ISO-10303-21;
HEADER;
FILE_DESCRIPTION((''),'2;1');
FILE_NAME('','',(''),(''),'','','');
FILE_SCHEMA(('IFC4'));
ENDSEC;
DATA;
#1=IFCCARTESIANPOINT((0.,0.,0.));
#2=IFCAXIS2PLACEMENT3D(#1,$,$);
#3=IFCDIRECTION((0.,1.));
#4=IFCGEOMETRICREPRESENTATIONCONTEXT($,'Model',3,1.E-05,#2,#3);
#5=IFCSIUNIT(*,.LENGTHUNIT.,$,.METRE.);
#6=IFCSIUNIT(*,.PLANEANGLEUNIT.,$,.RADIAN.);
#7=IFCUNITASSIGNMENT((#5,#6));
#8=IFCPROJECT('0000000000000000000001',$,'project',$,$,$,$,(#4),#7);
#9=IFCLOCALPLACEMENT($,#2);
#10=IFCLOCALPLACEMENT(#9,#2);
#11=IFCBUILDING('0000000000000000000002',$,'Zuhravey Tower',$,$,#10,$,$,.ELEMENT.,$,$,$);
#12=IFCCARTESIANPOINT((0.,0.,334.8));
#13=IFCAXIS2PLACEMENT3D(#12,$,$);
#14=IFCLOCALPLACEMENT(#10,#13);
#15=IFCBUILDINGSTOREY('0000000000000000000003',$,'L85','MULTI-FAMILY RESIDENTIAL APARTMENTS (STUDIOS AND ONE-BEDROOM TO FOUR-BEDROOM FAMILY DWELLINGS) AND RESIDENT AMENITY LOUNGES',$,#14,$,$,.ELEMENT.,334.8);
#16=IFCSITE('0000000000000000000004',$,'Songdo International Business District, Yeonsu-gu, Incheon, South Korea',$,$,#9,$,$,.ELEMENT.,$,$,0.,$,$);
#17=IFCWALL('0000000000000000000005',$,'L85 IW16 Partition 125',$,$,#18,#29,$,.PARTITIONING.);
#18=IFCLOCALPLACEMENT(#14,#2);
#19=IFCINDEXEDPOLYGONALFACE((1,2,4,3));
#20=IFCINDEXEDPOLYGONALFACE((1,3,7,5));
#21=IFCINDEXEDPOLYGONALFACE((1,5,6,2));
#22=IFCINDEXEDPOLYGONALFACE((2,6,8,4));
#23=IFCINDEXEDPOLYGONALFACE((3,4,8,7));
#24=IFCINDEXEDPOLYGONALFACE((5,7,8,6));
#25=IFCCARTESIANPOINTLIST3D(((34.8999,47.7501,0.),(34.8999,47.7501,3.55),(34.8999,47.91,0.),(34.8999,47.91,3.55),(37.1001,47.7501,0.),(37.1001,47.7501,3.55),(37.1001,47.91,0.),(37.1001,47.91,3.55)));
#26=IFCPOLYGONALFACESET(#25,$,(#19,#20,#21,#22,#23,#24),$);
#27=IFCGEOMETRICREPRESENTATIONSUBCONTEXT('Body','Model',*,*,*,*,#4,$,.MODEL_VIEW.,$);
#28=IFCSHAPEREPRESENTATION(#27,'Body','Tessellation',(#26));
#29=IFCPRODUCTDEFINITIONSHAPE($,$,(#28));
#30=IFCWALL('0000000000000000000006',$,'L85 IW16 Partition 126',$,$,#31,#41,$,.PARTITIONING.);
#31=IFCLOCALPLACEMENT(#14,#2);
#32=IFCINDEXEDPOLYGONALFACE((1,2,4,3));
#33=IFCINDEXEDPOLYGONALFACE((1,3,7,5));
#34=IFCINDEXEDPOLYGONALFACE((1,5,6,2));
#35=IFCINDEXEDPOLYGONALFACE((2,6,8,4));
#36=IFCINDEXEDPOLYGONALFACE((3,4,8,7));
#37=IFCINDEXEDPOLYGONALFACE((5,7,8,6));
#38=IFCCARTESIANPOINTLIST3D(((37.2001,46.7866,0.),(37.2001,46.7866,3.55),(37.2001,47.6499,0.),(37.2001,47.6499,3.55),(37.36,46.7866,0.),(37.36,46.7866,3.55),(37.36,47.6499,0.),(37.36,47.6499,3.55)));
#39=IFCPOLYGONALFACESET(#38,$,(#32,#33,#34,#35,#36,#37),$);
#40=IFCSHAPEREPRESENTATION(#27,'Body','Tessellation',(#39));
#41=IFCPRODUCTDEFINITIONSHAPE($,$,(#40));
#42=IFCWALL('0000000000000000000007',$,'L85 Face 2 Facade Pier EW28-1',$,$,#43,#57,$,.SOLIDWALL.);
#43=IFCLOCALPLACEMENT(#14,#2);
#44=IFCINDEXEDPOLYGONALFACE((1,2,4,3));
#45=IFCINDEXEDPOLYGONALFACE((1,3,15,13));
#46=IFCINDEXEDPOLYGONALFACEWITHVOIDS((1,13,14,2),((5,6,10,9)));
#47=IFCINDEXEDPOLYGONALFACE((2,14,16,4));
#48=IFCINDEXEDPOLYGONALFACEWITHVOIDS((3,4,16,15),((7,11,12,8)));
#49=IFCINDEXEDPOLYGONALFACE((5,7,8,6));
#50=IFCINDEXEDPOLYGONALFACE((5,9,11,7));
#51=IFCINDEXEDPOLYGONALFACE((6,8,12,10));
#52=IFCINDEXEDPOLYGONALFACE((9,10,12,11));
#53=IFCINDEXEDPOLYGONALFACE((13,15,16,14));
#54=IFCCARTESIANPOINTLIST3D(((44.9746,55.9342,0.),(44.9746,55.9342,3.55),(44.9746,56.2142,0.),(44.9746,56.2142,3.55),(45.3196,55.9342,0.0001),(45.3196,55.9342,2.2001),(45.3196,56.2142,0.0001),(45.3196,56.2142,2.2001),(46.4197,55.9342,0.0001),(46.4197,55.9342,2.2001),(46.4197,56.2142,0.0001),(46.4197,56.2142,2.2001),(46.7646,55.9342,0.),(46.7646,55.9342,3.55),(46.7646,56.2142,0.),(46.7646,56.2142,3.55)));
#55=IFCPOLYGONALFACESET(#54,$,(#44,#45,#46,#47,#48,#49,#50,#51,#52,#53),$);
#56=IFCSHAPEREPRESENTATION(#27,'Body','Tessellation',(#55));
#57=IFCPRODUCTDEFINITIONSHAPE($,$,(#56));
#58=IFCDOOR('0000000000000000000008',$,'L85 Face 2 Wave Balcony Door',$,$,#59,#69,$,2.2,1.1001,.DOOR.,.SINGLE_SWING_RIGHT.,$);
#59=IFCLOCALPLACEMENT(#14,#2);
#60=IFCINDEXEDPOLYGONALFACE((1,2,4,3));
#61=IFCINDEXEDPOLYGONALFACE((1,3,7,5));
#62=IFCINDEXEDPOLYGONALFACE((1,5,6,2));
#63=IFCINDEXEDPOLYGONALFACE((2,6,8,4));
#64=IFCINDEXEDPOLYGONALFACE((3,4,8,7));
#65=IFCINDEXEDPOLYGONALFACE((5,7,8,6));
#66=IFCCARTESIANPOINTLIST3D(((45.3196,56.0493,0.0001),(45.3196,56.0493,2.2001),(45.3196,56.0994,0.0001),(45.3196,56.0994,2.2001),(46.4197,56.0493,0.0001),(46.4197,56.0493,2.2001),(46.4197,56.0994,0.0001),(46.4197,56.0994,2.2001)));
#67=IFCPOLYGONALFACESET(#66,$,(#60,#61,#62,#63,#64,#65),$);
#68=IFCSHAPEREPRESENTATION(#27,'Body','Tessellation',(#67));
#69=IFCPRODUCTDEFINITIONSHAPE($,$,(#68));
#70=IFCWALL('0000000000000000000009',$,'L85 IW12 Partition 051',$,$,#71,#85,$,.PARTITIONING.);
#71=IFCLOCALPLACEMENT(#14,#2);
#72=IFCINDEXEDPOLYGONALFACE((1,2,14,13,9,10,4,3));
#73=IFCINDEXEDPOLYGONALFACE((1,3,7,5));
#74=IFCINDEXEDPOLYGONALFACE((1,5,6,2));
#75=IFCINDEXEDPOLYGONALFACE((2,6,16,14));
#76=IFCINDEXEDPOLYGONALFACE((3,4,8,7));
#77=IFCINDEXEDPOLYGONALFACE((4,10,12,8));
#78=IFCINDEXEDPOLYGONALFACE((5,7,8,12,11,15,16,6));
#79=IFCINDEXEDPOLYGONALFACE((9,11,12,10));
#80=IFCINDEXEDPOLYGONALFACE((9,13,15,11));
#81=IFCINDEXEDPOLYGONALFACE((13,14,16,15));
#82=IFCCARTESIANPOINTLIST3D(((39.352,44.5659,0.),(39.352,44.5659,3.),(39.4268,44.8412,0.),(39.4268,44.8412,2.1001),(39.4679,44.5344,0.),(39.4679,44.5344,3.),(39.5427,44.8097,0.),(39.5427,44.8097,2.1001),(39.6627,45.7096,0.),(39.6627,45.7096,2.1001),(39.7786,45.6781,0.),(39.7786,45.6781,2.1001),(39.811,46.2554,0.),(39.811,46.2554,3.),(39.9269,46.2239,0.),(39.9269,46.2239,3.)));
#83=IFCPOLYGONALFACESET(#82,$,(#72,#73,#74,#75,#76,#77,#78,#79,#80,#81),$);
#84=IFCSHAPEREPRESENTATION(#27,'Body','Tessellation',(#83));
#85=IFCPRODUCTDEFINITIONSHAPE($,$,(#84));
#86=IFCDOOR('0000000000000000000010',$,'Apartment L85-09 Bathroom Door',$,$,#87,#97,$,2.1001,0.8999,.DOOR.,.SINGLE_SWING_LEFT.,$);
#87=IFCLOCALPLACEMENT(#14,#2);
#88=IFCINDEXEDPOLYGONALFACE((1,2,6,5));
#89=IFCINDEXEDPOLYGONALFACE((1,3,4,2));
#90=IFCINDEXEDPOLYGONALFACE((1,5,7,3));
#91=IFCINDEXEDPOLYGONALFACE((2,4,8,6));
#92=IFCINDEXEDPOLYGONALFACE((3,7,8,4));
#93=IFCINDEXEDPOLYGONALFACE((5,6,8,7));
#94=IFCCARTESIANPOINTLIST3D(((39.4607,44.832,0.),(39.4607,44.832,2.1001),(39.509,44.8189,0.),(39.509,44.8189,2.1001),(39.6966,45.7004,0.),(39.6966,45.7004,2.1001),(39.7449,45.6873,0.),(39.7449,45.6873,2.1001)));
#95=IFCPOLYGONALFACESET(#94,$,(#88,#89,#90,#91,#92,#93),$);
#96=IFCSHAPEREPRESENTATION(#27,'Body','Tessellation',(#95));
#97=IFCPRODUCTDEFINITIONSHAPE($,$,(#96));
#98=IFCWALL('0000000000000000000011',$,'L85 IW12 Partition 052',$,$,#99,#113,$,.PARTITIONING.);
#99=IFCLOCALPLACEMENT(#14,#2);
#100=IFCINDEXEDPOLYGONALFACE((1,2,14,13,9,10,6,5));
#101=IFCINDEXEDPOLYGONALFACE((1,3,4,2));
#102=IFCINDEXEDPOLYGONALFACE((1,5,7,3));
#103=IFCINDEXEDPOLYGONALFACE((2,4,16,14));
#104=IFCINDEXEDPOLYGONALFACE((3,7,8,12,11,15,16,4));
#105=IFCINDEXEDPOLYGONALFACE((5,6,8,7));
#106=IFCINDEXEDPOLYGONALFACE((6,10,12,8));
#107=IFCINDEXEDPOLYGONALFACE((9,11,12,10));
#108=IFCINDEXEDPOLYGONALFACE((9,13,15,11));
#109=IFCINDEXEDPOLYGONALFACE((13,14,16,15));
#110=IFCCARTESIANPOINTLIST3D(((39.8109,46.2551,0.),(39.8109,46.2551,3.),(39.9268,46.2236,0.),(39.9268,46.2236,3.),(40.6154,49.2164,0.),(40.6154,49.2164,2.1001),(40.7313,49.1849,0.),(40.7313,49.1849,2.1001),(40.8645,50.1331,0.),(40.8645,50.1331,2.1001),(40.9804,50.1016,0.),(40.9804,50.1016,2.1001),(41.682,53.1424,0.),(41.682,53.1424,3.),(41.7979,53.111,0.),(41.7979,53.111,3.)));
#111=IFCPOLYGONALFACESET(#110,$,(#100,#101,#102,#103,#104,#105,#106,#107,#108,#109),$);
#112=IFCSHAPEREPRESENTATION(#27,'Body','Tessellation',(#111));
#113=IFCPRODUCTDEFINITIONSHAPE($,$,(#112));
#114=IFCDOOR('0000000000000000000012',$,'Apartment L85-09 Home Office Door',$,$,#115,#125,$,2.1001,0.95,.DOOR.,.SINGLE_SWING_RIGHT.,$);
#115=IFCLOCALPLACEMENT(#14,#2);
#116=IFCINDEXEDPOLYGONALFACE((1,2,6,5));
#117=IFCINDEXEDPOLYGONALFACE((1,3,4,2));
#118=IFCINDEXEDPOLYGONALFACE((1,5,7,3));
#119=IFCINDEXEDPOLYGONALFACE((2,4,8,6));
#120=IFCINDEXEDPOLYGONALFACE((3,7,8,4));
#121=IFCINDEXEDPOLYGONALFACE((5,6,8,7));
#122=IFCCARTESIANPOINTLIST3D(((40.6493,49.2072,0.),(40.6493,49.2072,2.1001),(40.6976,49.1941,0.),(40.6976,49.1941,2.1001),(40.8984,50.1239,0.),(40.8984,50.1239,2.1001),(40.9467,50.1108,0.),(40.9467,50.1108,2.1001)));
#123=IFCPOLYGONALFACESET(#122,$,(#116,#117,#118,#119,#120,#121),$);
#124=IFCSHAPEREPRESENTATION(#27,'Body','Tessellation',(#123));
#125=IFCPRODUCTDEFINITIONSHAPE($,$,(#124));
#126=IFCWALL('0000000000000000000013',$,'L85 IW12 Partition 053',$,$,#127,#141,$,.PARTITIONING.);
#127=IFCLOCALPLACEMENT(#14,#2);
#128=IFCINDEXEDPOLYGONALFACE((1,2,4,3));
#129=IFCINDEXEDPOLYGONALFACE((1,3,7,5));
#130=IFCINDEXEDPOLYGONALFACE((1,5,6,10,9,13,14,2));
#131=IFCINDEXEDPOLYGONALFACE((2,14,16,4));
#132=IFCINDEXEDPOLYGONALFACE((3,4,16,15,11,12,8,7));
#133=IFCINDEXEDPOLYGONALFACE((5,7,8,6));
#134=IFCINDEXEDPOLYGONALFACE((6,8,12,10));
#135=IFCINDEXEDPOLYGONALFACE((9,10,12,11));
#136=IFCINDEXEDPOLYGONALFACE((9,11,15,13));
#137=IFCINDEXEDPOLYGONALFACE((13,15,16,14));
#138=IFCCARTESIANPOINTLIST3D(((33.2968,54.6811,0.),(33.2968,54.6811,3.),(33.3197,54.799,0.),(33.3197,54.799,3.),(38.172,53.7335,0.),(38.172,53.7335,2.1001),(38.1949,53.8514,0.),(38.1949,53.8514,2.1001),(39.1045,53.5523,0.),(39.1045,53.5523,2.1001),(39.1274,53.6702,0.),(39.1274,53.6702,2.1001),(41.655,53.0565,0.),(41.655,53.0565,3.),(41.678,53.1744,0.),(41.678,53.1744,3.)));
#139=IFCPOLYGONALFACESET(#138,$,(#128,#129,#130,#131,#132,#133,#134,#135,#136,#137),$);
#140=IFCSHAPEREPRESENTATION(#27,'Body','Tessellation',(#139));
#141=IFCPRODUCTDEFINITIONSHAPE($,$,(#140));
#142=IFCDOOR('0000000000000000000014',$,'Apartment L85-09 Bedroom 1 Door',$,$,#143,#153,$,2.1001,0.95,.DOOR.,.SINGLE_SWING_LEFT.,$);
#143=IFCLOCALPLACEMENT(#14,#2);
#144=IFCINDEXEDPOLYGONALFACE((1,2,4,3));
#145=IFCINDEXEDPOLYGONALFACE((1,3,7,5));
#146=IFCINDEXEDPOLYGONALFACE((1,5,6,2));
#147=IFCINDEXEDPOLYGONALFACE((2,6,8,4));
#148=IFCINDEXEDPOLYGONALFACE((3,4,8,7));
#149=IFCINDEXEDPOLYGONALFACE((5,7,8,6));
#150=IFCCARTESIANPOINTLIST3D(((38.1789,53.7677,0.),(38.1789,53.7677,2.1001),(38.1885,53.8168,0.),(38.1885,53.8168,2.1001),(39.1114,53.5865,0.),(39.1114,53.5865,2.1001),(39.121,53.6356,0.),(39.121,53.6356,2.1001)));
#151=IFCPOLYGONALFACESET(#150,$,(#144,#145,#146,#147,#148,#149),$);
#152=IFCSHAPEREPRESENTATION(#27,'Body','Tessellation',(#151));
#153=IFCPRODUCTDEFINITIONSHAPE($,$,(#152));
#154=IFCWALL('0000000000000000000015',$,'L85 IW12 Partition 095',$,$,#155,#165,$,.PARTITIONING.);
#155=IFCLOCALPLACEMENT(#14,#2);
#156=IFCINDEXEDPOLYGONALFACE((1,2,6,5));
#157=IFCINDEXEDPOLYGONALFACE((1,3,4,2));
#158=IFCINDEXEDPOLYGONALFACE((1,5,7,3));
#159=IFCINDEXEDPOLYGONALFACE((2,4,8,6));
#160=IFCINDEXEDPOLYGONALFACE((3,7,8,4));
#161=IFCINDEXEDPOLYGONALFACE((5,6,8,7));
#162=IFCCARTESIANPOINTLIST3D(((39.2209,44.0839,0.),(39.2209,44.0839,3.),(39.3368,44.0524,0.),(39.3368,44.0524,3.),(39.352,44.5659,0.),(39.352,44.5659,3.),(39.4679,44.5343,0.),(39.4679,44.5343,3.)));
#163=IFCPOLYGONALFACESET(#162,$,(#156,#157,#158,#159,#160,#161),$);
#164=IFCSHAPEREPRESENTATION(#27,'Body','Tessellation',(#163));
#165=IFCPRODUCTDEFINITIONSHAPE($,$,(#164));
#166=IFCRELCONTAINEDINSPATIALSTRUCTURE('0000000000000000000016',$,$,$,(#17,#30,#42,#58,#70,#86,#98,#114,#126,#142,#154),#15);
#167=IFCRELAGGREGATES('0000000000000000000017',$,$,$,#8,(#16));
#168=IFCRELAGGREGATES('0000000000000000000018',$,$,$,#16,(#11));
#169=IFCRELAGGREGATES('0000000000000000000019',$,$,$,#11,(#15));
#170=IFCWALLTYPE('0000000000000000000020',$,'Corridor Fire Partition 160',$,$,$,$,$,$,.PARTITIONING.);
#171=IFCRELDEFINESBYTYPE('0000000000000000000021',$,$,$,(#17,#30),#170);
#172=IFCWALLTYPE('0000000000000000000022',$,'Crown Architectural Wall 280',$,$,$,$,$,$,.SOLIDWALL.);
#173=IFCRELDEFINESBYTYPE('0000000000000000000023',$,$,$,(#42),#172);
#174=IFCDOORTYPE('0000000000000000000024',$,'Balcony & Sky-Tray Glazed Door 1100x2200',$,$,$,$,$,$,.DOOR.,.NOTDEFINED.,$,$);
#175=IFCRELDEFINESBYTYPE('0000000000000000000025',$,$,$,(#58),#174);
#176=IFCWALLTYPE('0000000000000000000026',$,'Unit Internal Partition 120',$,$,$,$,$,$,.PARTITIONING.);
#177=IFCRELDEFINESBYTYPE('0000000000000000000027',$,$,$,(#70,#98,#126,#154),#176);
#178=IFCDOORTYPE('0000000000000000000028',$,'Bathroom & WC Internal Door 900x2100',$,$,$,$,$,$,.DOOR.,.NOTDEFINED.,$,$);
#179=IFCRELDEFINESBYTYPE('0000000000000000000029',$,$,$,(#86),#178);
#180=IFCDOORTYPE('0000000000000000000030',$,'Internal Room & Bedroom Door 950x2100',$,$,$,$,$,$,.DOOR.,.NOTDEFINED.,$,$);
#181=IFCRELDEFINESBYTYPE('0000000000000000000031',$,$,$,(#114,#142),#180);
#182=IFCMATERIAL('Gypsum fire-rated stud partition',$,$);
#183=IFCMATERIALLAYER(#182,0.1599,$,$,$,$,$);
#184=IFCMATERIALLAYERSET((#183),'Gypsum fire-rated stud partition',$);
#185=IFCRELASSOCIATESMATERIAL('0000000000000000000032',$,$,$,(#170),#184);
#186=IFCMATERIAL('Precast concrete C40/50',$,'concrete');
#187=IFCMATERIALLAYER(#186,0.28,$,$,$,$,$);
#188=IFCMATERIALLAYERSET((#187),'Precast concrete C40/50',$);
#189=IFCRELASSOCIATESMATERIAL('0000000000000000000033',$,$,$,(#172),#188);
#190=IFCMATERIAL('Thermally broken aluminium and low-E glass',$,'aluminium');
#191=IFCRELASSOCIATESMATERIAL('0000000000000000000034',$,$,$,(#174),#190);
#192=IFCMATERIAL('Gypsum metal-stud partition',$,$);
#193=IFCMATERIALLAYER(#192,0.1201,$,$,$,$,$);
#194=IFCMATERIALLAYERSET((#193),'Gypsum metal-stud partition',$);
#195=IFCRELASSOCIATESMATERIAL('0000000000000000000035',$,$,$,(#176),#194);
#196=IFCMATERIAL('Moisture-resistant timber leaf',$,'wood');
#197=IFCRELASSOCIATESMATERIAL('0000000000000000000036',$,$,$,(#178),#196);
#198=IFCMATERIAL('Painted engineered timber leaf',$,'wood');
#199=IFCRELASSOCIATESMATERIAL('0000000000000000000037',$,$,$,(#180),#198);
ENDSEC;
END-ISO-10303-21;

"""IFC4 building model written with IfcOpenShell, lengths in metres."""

from ifc_helpers import new_model, si_unit, direction, frame, frame_2d, origin, place, context, subcontext, project, spatial, rectangle, extrude, material, layer, layer_set, type_object, element, fill, save


model = new_model("IFC4")

# Units and contexts
model_context = context("Model", 3, precision=1e-05, world=origin(), true_north=direction((0.0, 1.0)))
body_context = subcontext(model_context, "Body", "Model", "MODEL_VIEW")
ifc_project = project(units=[si_unit("LENGTHUNIT", "METRE"), si_unit("PLANEANGLEUNIT", "RADIAN")], contexts=[model_context])

# Site, building, storey
site_placement = place(None, origin())
site = spatial("IfcSite", under=ifc_project, at=site_placement, Name="Songdo International Business District, Yeonsu-gu, Incheon, South Korea", CompositionType="ELEMENT", RefElevation=0.0)
building_placement = place(site_placement, origin())
building = spatial("IfcBuilding", under=site, at=building_placement, Name="Zuhravey Tower", CompositionType="ELEMENT")
storey_placement = place(building_placement, frame((0.0, 0.0, 334.8)))
storey = spatial("IfcBuildingStorey", under=building, at=storey_placement, Name="L85", Description="MULTI-FAMILY RESIDENTIAL APARTMENTS (STUDIOS AND ONE-BEDROOM TO FOUR-BEDROOM FAMILY DWELLINGS) AND RESIDENT AMENITY LOUNGES", CompositionType="ELEMENT", Elevation=334.8)

# Shared definitions
ifc_material_1 = material(Name="Gypsum fire-rated stud partition")
ifc_layer_1 = layer(ifc_material_1, 0.1599)
ifc_layer_set_1 = layer_set([ifc_layer_1], Name="Gypsum fire-rated stud partition")
wall_type_1 = type_object("IfcWallType", Name="Corridor Fire Partition 160", PredefinedType="PARTITIONING", material=ifc_layer_set_1)

# Walls
wall_1_placement = place(storey_placement, frame((37.1001, 47.8301, 0.0), z_axis=(0.0, 0.0, 1.0), x_axis=(-1.0, 0.0, 0.0)))
element("IfcWall", 1, at=wall_1_placement, inside=storey, type_object=wall_type_1, Name="L85 IW16 Partition 125", PredefinedType="PARTITIONING", context=body_context, shape_type="SweptSolid", body=[
    extrude(rectangle(XDim=2.2002, YDim=0.1599, at=frame_2d((1.1001, 0.0))), origin(), (0.0, 0.0, 1.0), 3.55),
])
wall_2_placement = place(storey_placement, frame((37.28, 46.7866, 0.0), z_axis=(0.0, 0.0, 1.0), x_axis=(0.0, 1.0, 0.0)))
element("IfcWall", 2, at=wall_2_placement, inside=storey, type_object=wall_type_1, Name="L85 IW16 Partition 126", PredefinedType="PARTITIONING", context=body_context, shape_type="SweptSolid", body=[
    extrude(rectangle(XDim=0.8633, YDim=0.1599, at=frame_2d((0.4316, 0.0))), origin(), (0.0, 0.0, 1.0), 3.55),
])

# Walls, openings, doors
ifc_material_2 = material(Name="Precast concrete C40/50", Category="concrete")
ifc_layer_2 = layer(ifc_material_2, 0.28)
ifc_layer_set_2 = layer_set([ifc_layer_2], Name="Precast concrete C40/50")
wall_type_2 = type_object("IfcWallType", Name="Crown Architectural Wall 280", PredefinedType="SOLIDWALL", material=ifc_layer_set_2)
wall_3_placement = place(storey_placement, frame((44.9746, 56.0742, 0.0), z_axis=(0.0, 0.0, 1.0), x_axis=(1.0, 0.0, 0.0)))
wall_3 = element("IfcWall", 3, at=wall_3_placement, inside=storey, type_object=wall_type_2, Name="L85 Face 2 Facade Pier EW28-1", PredefinedType="SOLIDWALL", context=body_context, shape_type="SweptSolid", body=[
    extrude(rectangle(XDim=1.79, YDim=0.28, at=frame_2d((0.895, 0.0))), origin(), (0.0, 0.0, 1.0), 3.55),
])
opening_1_placement = place(wall_3_placement, frame((0.345, 0.0, 0.0)))
opening_1 = element("IfcOpeningElement", 4, at=opening_1_placement, cuts=wall_3, PredefinedType="OPENING", context=body_context, shape_type="SweptSolid", body=[
    extrude(rectangle(XDim=1.1001, YDim=2.2, at=frame_2d((0.55, 1.1001))), frame((0.0, 0.1521, 0.0), z_axis=(0.0, -1.0, 0.0), x_axis=(1.0, 0.0, 0.0)), (0.0, 0.0, 1.0), 0.304),
])
ifc_material_3 = material(Name="Thermally broken aluminium and low-E glass", Category="aluminium")
door_type_1 = type_object("IfcDoorType", Name="Balcony & Sky-Tray Glazed Door 1100x2200", OperationType="NOTDEFINED", PredefinedType="DOOR", material=ifc_material_3)
door_1_placement = place(opening_1_placement, frame((1.1001, 0.0, 0.0), z_axis=(0.0, 0.0, 1.0), x_axis=(-1.0, 0.0, 0.0)))
door_1 = element("IfcDoor", 5, at=door_1_placement, inside=storey, type_object=door_type_1, Name="L85 Face 2 Wave Balcony Door", OperationType="SINGLE_SWING_RIGHT", OverallHeight=2.2, OverallWidth=1.1001, PredefinedType="DOOR", context=body_context, shape_type="SweptSolid", body=[
    extrude(rectangle(XDim=1.1001, YDim=2.2, at=frame_2d((0.55, 1.1001))), frame((0.0, 0.0249, 0.0), z_axis=(0.0, -1.0, 0.0), x_axis=(1.0, 0.0, 0.0)), (0.0, 0.0, 1.0), 0.05),
])
fill(opening_1, door_1)
ifc_material_4 = material(Name="Gypsum metal-stud partition")
ifc_layer_3 = layer(ifc_material_4, 0.1201)
ifc_layer_set_3 = layer_set([ifc_layer_3], Name="Gypsum metal-stud partition")
wall_type_3 = type_object("IfcWallType", Name="Unit Internal Partition 120", PredefinedType="PARTITIONING", material=ifc_layer_set_3)
wall_4_placement = place(storey_placement, frame((39.4099, 44.55, 0.0), z_axis=(0.0, 0.0, 1.0), x_axis=(0.262173, 0.965021, 0.0)))
wall_4 = element("IfcWall", 6, at=wall_4_placement, inside=storey, type_object=wall_type_3, Name="L85 IW12 Partition 051", PredefinedType="PARTITIONING", context=body_context, shape_type="SweptSolid", body=[
    extrude(rectangle(XDim=1.7507, YDim=0.1201, at=frame_2d((0.8755, 0.0))), origin(), (0.0, 0.0, 1.0), 3.0),
])
opening_2_placement = place(wall_4_placement, frame((0.2854, 0.0, 0.0)))
opening_2 = element("IfcOpeningElement", 7, at=opening_2_placement, cuts=wall_4, PredefinedType="OPENING", context=body_context, shape_type="SweptSolid", body=[
    extrude(rectangle(XDim=0.8999, YDim=2.1001, at=frame_2d((0.45, 1.05))), frame((0.0, 0.072, 0.0), z_axis=(0.0, -1.0, 0.0), x_axis=(1.0, 0.0, 0.0)), (0.0, 0.0, 1.0), 0.144),
])
ifc_material_5 = material(Name="Moisture-resistant timber leaf", Category="wood")
door_type_2 = type_object("IfcDoorType", Name="Bathroom & WC Internal Door 900x2100", OperationType="NOTDEFINED", PredefinedType="DOOR", material=ifc_material_5)
door_2_placement = place(opening_2_placement, origin())
door_2 = element("IfcDoor", 8, at=door_2_placement, inside=storey, type_object=door_type_2, Name="Apartment L85-09 Bathroom Door", OperationType="SINGLE_SWING_LEFT", OverallHeight=2.1001, OverallWidth=0.8999, PredefinedType="DOOR", context=body_context, shape_type="SweptSolid", body=[
    extrude(rectangle(XDim=0.8999, YDim=2.1001, at=frame_2d((0.45, 1.05))), frame((0.0, 0.0249, 0.0), z_axis=(0.0, -1.0, 0.0), x_axis=(1.0, 0.0, 0.0)), (0.0, 0.0, 1.0), 0.05),
])
fill(opening_2, door_2)
wall_5_placement = place(storey_placement, frame((39.8689, 46.2395, 0.0), z_axis=(0.0, 0.0, 1.0), x_axis=(0.262174, 0.965021, 0.0)))
wall_5 = element("IfcWall", 9, at=wall_5_placement, inside=storey, type_object=wall_type_3, Name="L85 IW12 Partition 052", PredefinedType="PARTITIONING", context=body_context, shape_type="SweptSolid", body=[
    extrude(rectangle(XDim=7.137, YDim=0.1201, at=frame_2d((3.5684, 0.0))), origin(), (0.0, 0.0, 1.0), 3.0),
])
opening_3_placement = place(wall_5_placement, frame((3.0684, 0.0, 0.0)))
opening_3 = element("IfcOpeningElement", 10, at=opening_3_placement, cuts=wall_5, PredefinedType="OPENING", context=body_context, shape_type="SweptSolid", body=[
    extrude(rectangle(XDim=0.95, YDim=2.1001, at=frame_2d((0.4751, 1.05))), frame((0.0, 0.072, 0.0), z_axis=(0.0, -1.0, 0.0), x_axis=(1.0, 0.0, 0.0)), (0.0, 0.0, 1.0), 0.144),
])
ifc_material_6 = material(Name="Painted engineered timber leaf", Category="wood")
door_type_3 = type_object("IfcDoorType", Name="Internal Room & Bedroom Door 950x2100", OperationType="NOTDEFINED", PredefinedType="DOOR", material=ifc_material_6)
door_3_placement = place(opening_3_placement, origin())
door_3 = element("IfcDoor", 11, at=door_3_placement, inside=storey, type_object=door_type_3, Name="Apartment L85-09 Home Office Door", OperationType="SINGLE_SWING_RIGHT", OverallHeight=2.1001, OverallWidth=0.95, PredefinedType="DOOR", context=body_context, shape_type="SweptSolid", body=[
    extrude(rectangle(XDim=0.95, YDim=2.1001, at=frame_2d((0.4751, 1.05))), frame((0.0, 0.0249, 0.0), z_axis=(0.0, -1.0, 0.0), x_axis=(1.0, 0.0, 0.0)), (0.0, 0.0, 1.0), 0.05),
])
fill(opening_3, door_3)
wall_6_placement = place(storey_placement, frame((41.6665, 53.1155, 0.0), z_axis=(0.0, 0.0, 1.0), x_axis=(-0.98163, 0.190792, 0.0)))
wall_6 = element("IfcWall", 12, at=wall_6_placement, inside=storey, type_object=wall_type_3, Name="L85 IW12 Partition 053", PredefinedType="PARTITIONING", context=body_context, shape_type="SweptSolid", body=[
    extrude(rectangle(XDim=8.5146, YDim=0.1201, at=frame_2d((4.2573, 0.0))), origin(), (0.0, 0.0, 1.0), 3.0),
])
opening_4_placement = place(wall_6_placement, frame((2.5981, 0.0, 0.0)))
opening_4 = element("IfcOpeningElement", 13, at=opening_4_placement, cuts=wall_6, PredefinedType="OPENING", context=body_context, shape_type="SweptSolid", body=[
    extrude(rectangle(XDim=0.95, YDim=2.1001, at=frame_2d((0.4751, 1.05))), frame((0.0, 0.072, 0.0), z_axis=(0.0, -1.0, 0.0), x_axis=(1.0, 0.0, 0.0)), (0.0, 0.0, 1.0), 0.144),
])
door_4_placement = place(opening_4_placement, frame((0.95, 0.0, 0.0), z_axis=(0.0, 0.0, 1.0), x_axis=(-1.0, 0.0, 0.0)))
door_4 = element("IfcDoor", 14, at=door_4_placement, inside=storey, type_object=door_type_3, Name="Apartment L85-09 Bedroom 1 Door", OperationType="SINGLE_SWING_LEFT", OverallHeight=2.1001, OverallWidth=0.95, PredefinedType="DOOR", context=body_context, shape_type="SweptSolid", body=[
    extrude(rectangle(XDim=0.95, YDim=2.1001, at=frame_2d((0.4751, 1.05))), frame((0.0, 0.0249, 0.0), z_axis=(0.0, -1.0, 0.0), x_axis=(1.0, 0.0, 0.0)), (0.0, 0.0, 1.0), 0.05),
])
fill(opening_4, door_4)

# Wall
wall_7_placement = place(storey_placement, frame((39.2788, 44.0681, 0.0), z_axis=(0.0, 0.0, 1.0), x_axis=(0.262497, 0.964933, 0.0)))
element("IfcWall", 15, at=wall_7_placement, inside=storey, type_object=wall_type_3, Name="L85 IW12 Partition 095", PredefinedType="PARTITIONING", context=body_context, shape_type="SweptSolid", body=[
    extrude(rectangle(XDim=0.4995, YDim=0.1201, at=frame_2d((0.2498, 0.0))), origin(), (0.0, 0.0, 1.0), 3.0),
])

save(model, "model.ifc")
